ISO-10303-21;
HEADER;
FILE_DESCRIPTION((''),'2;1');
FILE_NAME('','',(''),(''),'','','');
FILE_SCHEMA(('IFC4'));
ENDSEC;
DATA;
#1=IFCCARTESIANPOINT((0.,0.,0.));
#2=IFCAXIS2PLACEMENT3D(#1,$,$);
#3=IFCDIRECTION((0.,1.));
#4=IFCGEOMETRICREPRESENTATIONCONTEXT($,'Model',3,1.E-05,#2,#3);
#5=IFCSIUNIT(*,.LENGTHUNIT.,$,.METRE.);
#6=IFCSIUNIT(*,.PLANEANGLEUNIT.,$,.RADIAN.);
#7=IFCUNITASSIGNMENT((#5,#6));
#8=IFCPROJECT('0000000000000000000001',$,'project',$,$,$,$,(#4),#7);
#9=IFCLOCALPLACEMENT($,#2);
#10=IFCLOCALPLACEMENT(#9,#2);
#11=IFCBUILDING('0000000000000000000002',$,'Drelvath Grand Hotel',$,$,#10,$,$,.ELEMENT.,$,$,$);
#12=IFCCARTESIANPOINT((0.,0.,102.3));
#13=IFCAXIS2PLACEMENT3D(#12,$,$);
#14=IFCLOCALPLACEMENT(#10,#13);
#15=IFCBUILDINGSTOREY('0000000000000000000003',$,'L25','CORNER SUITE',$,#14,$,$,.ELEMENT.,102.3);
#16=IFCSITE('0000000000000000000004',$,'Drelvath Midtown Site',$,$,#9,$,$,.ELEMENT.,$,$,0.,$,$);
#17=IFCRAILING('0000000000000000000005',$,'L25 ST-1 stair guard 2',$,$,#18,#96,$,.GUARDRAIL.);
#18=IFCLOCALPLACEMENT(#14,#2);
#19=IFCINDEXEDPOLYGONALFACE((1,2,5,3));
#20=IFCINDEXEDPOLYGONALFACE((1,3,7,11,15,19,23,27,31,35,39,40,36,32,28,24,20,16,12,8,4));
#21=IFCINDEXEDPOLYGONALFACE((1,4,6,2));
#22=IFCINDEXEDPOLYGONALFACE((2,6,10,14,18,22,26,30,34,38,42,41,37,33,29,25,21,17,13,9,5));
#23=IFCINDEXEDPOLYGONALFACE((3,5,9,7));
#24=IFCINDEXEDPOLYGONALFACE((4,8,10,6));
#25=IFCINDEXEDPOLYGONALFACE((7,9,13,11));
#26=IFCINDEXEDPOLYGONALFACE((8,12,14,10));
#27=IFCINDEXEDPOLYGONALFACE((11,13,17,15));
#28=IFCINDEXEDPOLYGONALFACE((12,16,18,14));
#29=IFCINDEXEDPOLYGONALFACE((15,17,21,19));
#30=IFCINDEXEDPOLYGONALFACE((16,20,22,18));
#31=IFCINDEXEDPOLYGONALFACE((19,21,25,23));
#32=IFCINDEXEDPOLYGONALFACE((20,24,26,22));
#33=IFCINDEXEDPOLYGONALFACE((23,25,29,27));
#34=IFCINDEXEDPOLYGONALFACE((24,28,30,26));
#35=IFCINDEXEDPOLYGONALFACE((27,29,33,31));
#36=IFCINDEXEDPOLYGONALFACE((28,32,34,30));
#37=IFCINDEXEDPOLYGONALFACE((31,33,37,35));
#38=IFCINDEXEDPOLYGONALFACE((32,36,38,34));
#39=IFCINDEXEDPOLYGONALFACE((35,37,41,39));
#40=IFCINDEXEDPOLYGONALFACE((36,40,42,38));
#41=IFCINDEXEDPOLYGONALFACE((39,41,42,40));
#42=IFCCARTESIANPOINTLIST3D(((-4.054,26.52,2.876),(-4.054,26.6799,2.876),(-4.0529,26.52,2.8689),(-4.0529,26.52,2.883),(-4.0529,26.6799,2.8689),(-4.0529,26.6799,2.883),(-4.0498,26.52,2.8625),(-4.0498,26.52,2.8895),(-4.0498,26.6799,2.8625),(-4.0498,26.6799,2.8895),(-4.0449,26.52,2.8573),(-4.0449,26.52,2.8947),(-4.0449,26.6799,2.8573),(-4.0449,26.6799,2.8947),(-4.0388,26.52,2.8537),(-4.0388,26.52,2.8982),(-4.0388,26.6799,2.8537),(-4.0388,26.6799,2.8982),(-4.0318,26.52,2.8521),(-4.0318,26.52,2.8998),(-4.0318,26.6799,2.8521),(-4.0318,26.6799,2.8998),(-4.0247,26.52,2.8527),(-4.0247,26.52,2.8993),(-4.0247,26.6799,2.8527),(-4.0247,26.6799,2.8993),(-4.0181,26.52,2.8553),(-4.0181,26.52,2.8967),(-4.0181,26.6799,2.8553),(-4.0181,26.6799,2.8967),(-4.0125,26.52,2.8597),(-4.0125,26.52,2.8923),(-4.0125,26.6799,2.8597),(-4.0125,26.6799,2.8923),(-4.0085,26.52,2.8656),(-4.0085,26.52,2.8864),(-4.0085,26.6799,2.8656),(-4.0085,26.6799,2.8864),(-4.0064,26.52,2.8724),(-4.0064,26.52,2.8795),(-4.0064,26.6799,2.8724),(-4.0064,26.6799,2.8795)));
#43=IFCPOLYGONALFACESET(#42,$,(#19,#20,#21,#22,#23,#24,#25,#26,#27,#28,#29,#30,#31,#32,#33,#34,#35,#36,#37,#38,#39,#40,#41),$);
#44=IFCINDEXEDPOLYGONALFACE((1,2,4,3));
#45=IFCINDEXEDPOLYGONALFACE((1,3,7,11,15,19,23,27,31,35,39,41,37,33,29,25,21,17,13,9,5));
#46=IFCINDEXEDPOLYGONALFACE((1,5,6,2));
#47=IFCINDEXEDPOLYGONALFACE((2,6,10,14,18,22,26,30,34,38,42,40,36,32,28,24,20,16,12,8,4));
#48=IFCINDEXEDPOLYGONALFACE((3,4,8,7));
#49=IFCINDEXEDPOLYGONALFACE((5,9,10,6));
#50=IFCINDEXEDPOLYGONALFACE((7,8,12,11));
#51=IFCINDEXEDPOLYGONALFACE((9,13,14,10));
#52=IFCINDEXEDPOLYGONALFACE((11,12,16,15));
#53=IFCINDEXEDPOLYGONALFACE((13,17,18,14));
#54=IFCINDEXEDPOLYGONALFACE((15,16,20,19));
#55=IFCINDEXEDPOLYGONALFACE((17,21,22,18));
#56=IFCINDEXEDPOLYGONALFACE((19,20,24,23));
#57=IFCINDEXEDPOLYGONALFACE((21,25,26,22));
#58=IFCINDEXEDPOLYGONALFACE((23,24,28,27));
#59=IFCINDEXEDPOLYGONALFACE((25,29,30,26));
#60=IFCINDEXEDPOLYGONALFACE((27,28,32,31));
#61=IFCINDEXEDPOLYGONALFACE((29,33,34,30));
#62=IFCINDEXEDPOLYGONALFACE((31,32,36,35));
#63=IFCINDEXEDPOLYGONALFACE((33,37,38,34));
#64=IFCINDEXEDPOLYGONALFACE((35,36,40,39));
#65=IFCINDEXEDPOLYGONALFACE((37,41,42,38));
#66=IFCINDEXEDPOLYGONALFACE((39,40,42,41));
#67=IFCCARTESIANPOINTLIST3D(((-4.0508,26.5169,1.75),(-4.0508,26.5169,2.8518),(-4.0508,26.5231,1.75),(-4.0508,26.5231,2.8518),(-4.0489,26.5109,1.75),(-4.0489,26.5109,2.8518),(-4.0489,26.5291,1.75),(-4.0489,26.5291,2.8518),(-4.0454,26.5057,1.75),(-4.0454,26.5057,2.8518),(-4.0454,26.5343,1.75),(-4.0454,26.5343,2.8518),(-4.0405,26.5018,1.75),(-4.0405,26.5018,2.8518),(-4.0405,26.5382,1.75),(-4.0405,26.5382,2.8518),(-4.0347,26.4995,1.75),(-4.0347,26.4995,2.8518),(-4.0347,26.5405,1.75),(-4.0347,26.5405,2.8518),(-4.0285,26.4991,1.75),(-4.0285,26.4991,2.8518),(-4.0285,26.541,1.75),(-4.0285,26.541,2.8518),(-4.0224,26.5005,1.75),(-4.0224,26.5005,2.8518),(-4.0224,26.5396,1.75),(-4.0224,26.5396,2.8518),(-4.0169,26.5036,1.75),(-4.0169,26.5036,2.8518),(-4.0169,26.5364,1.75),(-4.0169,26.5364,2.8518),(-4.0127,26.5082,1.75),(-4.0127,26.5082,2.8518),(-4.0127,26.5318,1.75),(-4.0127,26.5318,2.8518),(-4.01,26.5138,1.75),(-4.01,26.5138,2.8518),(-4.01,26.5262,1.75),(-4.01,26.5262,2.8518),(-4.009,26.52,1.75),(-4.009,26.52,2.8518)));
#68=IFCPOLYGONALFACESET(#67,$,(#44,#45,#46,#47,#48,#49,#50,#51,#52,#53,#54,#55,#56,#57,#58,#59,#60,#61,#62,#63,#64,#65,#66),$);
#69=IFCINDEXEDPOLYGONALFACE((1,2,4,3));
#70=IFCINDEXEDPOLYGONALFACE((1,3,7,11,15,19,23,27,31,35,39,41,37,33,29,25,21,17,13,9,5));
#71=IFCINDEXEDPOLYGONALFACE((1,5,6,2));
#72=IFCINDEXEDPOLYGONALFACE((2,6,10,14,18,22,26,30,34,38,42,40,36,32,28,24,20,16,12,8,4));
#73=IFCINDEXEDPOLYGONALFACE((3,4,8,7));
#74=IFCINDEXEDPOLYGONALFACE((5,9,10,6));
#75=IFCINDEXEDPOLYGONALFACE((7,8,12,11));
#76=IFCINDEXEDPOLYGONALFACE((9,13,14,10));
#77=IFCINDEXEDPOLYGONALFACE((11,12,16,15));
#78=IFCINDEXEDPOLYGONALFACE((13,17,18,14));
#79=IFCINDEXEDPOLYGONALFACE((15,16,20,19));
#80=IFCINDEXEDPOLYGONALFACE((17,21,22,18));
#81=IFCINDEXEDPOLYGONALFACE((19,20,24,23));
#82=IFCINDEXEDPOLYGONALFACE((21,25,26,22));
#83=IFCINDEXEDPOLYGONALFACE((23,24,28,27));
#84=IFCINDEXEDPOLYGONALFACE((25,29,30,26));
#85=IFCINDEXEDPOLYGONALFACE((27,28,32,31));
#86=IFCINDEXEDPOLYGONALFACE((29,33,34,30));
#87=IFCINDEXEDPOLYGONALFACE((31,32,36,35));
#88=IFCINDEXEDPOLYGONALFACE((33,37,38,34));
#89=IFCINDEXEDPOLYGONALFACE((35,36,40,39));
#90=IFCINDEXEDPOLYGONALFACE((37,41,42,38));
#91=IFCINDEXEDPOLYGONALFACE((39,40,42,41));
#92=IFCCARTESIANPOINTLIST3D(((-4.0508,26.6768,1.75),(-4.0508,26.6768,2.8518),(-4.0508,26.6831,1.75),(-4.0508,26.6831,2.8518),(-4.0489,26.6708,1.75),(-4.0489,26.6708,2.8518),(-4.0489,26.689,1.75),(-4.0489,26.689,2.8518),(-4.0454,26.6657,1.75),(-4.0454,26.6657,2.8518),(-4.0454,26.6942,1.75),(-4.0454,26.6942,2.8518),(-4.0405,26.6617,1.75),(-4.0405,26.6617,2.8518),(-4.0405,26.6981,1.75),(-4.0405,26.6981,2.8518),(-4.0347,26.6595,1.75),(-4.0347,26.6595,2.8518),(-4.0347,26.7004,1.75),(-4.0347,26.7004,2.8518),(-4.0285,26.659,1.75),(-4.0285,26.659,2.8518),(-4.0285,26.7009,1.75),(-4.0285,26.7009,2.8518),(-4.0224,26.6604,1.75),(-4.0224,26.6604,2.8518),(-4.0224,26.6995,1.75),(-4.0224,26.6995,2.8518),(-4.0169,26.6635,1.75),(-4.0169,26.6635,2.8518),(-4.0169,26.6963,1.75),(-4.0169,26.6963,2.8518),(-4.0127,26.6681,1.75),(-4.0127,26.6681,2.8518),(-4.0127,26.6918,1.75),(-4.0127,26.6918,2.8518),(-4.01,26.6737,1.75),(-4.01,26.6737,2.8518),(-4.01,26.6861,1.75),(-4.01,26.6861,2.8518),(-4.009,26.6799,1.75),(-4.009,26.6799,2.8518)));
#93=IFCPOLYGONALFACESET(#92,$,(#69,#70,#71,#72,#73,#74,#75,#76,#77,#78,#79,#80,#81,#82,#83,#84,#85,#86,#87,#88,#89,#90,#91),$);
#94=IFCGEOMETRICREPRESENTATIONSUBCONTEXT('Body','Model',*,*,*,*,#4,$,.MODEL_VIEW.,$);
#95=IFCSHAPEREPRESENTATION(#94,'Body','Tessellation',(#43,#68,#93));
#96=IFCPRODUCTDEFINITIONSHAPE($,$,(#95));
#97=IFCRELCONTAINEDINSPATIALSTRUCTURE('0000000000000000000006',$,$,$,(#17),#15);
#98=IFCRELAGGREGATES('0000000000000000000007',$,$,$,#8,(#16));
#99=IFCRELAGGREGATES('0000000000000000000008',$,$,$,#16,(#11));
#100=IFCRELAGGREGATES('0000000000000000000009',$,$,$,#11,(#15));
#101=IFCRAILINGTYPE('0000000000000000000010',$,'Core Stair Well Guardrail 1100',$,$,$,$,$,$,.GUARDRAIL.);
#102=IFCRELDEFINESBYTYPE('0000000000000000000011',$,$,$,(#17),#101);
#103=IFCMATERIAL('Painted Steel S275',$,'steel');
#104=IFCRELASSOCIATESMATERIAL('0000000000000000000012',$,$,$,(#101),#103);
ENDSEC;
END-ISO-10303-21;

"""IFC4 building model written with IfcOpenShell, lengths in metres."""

from ifc_helpers import new_model, si_unit, direction, frame, origin, origin_2d, place, context, subcontext, project, spatial, circle, extrude, material, type_object, element, save


model = new_model("IFC4")

# Units and contexts
model_context = context("Model", 3, precision=1e-05, world=origin(), true_north=direction((0.0, 1.0)))
body_context = subcontext(model_context, "Body", "Model", "MODEL_VIEW")
ifc_project = project(units=[si_unit("LENGTHUNIT", "METRE"), si_unit("PLANEANGLEUNIT", "RADIAN")], contexts=[model_context])

# Site, building, storey
site_placement = place(None, origin())
site = spatial("IfcSite", under=ifc_project, at=site_placement, Name="Drelvath Midtown Site", CompositionType="ELEMENT", RefElevation=0.0)
building_placement = place(site_placement, origin())
building = spatial("IfcBuilding", under=site, at=building_placement, Name="Drelvath Grand Hotel", CompositionType="ELEMENT")
storey_placement = place(building_placement, frame((0.0, 0.0, 102.3)))
storey = spatial("IfcBuildingStorey", under=building, at=storey_placement, Name="L25", Description="CORNER SUITE", CompositionType="ELEMENT", Elevation=102.3)

# Shared definitions
ifc_material_1 = material(Name="Painted Steel S275", Category="steel")

# Railing
railing_type_1 = type_object("IfcRailingType", Name="Core Stair Well Guardrail 1100", PredefinedType="GUARDRAIL", material=ifc_material_1)
railing_1_placement = place(storey_placement, frame((-4.03, 26.52, 1.75)))
element("IfcRailing", 1, at=railing_1_placement, inside=storey, type_object=railing_type_1, Name="L25 ST-1 stair guard 2", PredefinedType="GUARDRAIL", context=body_context, shape_type="SweptSolid", body=[
    extrude(circle(Radius=0.0239, at=origin_2d()), frame((0.0, 0.0, 1.126), z_axis=(0.0, 1.0, 0.0), x_axis=(-1.0, 0.0, 0.0)), (0.0, 0.0, 1.0), 0.1599),
    extrude(circle(Radius=0.021, at=origin_2d()), origin(), (0.0, 0.0, 1.0), 1.1018),
    extrude(circle(Radius=0.021, at=origin_2d()), frame((0.0, 0.1599, 0.0)), (0.0, 0.0, 1.0), 1.1018),
])

save(model, "model.ifc")
